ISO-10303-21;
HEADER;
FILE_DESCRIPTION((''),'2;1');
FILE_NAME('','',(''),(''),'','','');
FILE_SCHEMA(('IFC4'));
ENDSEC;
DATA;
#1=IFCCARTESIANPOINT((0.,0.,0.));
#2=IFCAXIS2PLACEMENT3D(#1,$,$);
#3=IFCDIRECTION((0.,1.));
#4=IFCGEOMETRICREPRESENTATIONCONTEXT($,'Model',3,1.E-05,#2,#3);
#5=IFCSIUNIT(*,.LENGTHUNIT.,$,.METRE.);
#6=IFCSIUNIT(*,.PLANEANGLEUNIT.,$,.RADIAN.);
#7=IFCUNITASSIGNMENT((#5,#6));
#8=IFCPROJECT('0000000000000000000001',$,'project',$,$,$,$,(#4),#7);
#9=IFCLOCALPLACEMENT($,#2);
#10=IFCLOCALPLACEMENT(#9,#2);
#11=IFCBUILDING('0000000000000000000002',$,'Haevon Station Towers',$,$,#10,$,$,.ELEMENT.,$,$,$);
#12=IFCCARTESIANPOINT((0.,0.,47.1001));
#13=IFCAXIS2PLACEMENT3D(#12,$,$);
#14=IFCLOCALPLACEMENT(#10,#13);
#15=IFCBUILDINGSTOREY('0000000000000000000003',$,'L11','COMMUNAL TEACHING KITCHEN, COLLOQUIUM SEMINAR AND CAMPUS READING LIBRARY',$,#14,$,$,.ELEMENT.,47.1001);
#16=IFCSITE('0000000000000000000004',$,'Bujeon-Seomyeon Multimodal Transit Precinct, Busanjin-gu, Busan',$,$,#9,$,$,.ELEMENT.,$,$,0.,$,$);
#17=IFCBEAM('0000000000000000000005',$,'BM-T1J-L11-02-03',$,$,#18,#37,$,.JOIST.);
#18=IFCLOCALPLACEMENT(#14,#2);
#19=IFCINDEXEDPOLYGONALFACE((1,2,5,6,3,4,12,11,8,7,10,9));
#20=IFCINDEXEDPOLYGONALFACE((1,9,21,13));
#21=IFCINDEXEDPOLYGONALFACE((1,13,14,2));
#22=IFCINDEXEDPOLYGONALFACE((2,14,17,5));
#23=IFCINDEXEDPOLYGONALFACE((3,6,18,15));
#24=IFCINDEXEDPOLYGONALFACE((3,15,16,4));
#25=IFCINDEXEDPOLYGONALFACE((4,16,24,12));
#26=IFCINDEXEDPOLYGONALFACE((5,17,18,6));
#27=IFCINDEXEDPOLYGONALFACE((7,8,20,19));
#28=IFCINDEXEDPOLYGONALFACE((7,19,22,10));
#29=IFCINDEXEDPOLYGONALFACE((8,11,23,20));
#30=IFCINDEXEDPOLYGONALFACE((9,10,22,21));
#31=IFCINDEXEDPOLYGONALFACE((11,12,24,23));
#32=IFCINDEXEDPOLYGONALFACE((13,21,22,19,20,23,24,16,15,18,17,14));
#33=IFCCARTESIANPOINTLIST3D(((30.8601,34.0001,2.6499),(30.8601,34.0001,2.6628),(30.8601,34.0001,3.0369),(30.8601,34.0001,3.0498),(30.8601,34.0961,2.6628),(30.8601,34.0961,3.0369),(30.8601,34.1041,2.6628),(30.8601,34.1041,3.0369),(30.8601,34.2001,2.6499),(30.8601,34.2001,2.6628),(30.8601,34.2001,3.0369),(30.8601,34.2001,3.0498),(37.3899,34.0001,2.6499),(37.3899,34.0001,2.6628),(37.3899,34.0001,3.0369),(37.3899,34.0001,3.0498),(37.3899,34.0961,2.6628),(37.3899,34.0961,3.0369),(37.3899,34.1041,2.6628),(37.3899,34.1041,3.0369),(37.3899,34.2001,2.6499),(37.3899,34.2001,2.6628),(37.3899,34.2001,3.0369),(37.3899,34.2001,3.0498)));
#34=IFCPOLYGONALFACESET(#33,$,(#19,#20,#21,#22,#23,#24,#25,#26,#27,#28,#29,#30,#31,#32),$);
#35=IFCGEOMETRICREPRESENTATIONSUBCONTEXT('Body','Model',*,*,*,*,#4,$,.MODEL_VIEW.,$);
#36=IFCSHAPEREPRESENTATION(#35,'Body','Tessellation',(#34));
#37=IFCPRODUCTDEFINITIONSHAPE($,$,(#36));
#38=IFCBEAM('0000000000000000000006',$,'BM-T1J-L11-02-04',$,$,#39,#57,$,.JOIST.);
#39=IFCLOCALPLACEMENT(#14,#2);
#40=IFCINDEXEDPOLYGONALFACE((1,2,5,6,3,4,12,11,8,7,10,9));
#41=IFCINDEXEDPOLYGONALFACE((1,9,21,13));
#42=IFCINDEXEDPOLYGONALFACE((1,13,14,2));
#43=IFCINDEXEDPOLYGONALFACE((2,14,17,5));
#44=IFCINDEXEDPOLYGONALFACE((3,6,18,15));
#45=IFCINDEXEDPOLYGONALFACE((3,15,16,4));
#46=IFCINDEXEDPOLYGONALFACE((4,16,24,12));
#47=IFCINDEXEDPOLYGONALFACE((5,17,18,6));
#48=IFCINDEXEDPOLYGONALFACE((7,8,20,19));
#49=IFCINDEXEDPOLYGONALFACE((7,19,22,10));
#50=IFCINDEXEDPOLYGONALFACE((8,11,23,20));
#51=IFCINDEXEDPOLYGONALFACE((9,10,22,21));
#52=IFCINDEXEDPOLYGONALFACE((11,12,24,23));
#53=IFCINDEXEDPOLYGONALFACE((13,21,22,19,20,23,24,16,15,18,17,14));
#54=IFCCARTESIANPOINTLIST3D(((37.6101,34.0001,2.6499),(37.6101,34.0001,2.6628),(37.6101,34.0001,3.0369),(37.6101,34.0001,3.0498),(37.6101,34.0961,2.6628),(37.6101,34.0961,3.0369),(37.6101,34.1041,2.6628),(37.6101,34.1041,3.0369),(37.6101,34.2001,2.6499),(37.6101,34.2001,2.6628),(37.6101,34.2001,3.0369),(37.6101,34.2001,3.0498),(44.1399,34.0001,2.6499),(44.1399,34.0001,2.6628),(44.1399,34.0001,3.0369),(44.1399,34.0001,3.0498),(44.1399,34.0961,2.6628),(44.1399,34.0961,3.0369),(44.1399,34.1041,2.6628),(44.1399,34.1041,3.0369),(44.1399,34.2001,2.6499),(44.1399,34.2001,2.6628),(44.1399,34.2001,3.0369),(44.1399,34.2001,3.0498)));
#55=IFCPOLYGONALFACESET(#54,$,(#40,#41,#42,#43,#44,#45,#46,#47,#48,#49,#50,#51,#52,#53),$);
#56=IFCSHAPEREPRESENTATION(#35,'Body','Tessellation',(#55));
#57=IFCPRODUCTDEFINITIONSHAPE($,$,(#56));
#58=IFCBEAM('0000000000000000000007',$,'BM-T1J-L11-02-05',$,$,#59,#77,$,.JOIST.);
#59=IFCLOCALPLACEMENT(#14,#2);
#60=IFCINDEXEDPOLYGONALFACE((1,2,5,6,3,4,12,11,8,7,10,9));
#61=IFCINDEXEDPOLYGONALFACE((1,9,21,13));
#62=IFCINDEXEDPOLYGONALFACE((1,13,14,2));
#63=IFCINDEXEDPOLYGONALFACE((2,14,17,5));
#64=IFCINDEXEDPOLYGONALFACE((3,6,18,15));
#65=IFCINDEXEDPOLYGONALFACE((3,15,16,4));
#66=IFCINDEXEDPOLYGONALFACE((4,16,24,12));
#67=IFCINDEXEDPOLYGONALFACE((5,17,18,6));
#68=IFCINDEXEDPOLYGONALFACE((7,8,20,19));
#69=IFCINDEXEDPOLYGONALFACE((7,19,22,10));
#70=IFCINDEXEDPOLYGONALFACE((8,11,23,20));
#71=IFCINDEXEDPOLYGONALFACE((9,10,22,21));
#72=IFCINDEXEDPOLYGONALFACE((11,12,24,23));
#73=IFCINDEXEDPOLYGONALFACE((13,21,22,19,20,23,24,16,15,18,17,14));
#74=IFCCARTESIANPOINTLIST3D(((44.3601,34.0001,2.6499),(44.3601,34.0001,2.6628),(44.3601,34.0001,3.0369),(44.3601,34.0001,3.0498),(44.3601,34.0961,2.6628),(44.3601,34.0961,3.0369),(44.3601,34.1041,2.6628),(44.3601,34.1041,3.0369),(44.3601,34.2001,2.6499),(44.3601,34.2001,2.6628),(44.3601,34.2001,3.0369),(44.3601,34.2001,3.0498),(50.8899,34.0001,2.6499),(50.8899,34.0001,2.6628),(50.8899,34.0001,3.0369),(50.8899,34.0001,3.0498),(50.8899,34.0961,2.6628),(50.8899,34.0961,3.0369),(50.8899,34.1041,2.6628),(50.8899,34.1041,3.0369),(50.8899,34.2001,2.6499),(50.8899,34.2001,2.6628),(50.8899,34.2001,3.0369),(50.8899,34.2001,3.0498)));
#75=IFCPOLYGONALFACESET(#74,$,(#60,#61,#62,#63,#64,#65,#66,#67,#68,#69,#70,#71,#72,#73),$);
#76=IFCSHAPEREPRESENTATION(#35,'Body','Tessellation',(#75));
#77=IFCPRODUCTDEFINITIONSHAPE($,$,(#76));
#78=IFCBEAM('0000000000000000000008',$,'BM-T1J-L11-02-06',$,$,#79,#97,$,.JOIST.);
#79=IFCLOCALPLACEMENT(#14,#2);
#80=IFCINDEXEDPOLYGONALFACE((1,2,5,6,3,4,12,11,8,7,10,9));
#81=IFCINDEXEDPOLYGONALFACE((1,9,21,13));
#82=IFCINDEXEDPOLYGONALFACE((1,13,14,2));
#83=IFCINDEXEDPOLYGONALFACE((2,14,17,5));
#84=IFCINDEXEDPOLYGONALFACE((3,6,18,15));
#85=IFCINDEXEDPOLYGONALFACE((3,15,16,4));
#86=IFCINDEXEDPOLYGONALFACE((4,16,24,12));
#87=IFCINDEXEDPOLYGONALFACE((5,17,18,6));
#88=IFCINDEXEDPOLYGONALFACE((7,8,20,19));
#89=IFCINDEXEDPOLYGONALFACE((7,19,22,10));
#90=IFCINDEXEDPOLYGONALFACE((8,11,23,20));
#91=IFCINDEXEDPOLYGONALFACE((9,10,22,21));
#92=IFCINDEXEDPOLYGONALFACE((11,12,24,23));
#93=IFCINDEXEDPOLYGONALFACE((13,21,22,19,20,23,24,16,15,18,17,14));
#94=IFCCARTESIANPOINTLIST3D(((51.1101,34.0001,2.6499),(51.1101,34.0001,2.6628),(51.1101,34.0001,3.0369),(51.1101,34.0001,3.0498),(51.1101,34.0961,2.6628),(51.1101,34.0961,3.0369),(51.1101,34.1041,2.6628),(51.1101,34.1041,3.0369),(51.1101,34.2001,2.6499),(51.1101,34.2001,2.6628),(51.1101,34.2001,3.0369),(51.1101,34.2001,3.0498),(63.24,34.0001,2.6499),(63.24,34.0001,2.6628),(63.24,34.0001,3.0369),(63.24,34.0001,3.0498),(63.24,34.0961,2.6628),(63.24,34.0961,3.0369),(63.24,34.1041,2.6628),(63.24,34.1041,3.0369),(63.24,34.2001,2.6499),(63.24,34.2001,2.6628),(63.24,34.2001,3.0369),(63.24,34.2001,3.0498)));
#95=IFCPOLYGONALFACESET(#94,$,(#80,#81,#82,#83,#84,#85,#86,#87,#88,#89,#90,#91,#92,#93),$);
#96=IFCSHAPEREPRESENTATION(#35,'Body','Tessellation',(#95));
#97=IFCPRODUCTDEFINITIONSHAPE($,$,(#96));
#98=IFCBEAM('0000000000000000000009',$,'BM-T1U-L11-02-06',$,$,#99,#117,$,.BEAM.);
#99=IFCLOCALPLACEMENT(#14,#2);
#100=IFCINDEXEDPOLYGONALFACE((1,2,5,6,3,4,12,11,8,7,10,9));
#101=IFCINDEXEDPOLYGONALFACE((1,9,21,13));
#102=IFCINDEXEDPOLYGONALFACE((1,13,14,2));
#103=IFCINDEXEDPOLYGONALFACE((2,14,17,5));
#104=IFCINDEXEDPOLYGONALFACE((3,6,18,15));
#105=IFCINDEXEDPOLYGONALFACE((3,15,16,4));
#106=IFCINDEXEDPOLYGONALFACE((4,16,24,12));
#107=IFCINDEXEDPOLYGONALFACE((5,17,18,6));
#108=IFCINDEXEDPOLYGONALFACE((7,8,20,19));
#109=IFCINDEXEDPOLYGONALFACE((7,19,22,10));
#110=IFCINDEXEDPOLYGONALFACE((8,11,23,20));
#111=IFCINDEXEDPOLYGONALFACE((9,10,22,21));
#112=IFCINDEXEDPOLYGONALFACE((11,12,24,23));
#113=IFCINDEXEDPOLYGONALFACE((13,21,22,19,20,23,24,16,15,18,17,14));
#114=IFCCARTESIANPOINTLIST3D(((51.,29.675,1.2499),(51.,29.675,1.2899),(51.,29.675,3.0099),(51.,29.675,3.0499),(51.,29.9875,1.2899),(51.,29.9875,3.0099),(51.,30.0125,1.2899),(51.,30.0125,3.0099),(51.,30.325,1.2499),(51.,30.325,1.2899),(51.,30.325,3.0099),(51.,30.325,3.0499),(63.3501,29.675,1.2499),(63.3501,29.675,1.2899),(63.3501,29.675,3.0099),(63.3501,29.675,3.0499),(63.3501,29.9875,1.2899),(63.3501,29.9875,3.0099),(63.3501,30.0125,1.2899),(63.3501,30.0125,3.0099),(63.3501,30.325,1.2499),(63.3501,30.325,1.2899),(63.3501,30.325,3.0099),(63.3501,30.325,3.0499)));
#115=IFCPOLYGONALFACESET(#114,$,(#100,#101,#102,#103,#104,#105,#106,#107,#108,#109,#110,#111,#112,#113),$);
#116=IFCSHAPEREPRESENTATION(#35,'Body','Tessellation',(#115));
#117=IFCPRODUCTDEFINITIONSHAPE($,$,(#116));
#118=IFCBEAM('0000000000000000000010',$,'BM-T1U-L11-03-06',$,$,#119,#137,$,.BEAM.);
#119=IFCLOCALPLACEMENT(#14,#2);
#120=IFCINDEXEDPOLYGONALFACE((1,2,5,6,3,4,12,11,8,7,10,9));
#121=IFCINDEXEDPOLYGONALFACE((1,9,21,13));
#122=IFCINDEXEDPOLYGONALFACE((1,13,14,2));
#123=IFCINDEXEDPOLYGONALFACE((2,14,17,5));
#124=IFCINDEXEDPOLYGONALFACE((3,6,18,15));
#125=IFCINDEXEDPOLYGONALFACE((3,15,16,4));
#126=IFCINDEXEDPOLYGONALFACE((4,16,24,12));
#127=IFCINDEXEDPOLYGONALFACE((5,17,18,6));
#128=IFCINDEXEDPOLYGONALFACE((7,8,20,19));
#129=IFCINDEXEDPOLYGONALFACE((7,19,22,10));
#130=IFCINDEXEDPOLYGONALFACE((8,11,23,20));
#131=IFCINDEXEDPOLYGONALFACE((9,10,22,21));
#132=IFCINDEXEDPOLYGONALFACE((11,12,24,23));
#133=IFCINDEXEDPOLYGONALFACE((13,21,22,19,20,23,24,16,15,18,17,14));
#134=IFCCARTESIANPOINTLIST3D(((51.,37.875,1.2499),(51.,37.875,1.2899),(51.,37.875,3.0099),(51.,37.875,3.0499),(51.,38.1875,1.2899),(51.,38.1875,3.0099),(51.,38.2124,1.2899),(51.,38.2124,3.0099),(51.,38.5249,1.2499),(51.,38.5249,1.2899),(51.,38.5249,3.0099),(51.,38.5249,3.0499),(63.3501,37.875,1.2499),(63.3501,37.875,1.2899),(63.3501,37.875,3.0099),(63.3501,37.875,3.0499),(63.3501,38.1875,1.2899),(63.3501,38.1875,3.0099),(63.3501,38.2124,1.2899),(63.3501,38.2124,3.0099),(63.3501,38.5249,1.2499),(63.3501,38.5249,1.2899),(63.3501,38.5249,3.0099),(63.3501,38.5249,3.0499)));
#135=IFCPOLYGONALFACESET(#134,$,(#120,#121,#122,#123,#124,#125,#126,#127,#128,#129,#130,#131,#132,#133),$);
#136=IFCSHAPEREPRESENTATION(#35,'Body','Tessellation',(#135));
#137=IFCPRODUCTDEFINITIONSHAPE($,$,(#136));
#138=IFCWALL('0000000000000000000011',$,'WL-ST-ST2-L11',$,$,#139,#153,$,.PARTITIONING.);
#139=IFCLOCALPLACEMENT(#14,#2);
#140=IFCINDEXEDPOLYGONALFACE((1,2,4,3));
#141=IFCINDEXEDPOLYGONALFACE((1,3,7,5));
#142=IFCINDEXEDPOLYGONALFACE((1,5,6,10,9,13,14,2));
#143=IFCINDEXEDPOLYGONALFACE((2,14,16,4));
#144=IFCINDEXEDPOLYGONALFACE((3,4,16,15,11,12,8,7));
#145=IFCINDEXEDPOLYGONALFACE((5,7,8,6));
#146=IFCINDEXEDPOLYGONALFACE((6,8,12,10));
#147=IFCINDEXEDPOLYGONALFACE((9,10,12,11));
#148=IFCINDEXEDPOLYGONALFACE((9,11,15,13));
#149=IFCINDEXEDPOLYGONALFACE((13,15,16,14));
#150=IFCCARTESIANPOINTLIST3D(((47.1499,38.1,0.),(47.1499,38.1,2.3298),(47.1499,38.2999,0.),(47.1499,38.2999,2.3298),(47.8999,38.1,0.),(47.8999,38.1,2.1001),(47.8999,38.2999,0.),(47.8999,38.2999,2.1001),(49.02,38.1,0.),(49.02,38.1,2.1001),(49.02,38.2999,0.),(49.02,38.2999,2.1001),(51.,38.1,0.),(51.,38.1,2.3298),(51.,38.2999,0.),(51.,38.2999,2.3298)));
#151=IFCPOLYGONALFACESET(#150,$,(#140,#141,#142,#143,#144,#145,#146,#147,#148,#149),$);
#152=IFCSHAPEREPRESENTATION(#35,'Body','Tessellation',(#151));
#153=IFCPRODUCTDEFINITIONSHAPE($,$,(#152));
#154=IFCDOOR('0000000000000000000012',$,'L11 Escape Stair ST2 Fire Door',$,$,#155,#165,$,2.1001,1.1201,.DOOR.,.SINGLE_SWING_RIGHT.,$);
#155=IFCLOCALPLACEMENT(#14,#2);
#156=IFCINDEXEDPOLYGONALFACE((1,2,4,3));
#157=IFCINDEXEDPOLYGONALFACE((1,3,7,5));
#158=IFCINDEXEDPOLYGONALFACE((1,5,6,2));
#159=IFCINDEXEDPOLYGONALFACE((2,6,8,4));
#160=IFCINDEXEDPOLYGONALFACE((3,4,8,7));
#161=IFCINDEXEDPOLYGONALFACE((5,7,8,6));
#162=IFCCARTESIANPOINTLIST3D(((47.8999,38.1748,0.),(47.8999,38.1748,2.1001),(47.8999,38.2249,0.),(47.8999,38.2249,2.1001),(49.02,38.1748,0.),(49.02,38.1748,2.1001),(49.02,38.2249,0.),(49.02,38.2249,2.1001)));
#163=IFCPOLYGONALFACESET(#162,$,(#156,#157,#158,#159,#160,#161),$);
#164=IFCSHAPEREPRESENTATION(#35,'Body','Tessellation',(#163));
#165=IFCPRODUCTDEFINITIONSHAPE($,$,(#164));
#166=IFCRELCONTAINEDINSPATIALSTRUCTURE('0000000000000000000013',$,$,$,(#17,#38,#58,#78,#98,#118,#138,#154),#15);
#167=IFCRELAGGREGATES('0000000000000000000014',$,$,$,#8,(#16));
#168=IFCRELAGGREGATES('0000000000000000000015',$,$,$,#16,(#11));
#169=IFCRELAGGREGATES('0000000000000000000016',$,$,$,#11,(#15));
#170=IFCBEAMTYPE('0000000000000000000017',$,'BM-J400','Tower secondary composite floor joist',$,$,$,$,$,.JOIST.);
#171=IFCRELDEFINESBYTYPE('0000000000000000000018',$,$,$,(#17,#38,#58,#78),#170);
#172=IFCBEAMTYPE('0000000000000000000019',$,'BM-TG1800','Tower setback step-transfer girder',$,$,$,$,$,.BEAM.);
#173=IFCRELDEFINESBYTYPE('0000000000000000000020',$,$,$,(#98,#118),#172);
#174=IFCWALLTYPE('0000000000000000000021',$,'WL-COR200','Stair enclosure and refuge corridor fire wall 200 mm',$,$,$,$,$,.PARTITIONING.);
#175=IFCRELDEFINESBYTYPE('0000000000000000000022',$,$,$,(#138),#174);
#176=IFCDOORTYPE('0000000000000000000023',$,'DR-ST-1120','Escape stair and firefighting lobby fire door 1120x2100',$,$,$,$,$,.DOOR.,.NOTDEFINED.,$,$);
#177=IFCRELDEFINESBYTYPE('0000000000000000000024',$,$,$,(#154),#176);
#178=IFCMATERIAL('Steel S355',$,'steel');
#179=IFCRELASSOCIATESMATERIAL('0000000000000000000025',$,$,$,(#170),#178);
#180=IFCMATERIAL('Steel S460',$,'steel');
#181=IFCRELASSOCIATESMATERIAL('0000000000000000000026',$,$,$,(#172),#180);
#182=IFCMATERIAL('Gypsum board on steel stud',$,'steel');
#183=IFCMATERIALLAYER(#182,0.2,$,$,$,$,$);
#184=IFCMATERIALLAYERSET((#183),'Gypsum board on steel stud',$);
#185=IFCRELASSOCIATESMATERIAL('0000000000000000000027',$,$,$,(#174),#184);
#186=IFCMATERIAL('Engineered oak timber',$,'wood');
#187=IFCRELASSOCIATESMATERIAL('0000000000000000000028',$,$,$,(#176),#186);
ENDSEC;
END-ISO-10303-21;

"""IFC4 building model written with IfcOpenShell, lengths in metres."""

from ifc_helpers import new_model, si_unit, direction, frame, frame_2d, origin, origin_2d, place, context, subcontext, project, spatial, rectangle, i_section, extrude, material, layer, layer_set, material_profile, profile_set, type_object, element, fill, save


model = new_model("IFC4")

# Units and contexts
model_context = context("Model", 3, precision=1e-05, world=origin(), true_north=direction((0.0, 1.0)))
body_context = subcontext(model_context, "Body", "Model", "MODEL_VIEW")
ifc_project = project(units=[si_unit("LENGTHUNIT", "METRE"), si_unit("PLANEANGLEUNIT", "RADIAN")], contexts=[model_context])

# Site, building, storey
site_placement = place(None, origin())
site = spatial("IfcSite", under=ifc_project, at=site_placement, Name="Bujeon-Seomyeon Multimodal Transit Precinct, Busanjin-gu, Busan", CompositionType="ELEMENT", RefElevation=0.0)
building_placement = place(site_placement, origin())
building = spatial("IfcBuilding", under=site, at=building_placement, Name="Haevon Station Towers", CompositionType="ELEMENT")
storey_placement = place(building_placement, frame((0.0, 0.0, 47.1001)))
storey = spatial("IfcBuildingStorey", under=building, at=storey_placement, Name="L11", Description="COMMUNAL TEACHING KITCHEN, COLLOQUIUM SEMINAR AND CAMPUS READING LIBRARY", CompositionType="ELEMENT", Elevation=47.1001)

# Shared definitions
ifc_material_1 = material(Name="Steel S460", Category="steel")

# Beams
ifc_material_2 = material(Name="Steel S355", Category="steel")
ifc_material_profile_1 = material_profile(ifc_material_2, i_section(OverallWidth=0.2, OverallDepth=0.3999, WebThickness=0.0081, FlangeThickness=0.0129, at=origin_2d()), Name="H-400x200x8x13")
ifc_profile_set_1 = profile_set([ifc_material_profile_1], Name="Steel S355")
beam_type_1 = type_object("IfcBeamType", Name="BM-J400", Description="Tower secondary composite floor joist", PredefinedType="JOIST", material=ifc_profile_set_1)
for number, where, z_axis, x_axis, name in (
    (1, (30.8601, 34.1001, 2.8499), (1.0, 0.0, 0.0), (0.0, 1.0, 0.0), "BM-T1J-L11-02-03"),
    (2, (37.6101, 34.1001, 2.8499), (1.0, 0.0, 0.0), (0.0, 1.0, 0.0), "BM-T1J-L11-02-04"),
    (3, (44.3601, 34.1001, 2.8499), (1.0, 0.0, 0.0), (0.0, 1.0, 0.0), "BM-T1J-L11-02-05"),
):
    element("IfcBeam", number, at=place(storey_placement, frame(where, z_axis=z_axis, x_axis=x_axis)), inside=storey, type_object=beam_type_1, Name=name, PredefinedType="JOIST", context=body_context, shape_type="SweptSolid", body=[
        extrude(i_section(OverallWidth=0.2, OverallDepth=0.3999, WebThickness=0.0081, FlangeThickness=0.0129, at=origin_2d()), origin(), (0.0, 0.0, 1.0), 6.5298),
    ])
beam_placement = place(storey_placement, frame((51.1101, 34.1001, 2.8499), z_axis=(1.0, 0.0, 0.0), x_axis=(0.0, 1.0, 0.0)))
element("IfcBeam", 4, at=beam_placement, inside=storey, type_object=beam_type_1, Name="BM-T1J-L11-02-06", PredefinedType="JOIST", context=body_context, shape_type="SweptSolid", body=[
    extrude(i_section(OverallWidth=0.2, OverallDepth=0.3999, WebThickness=0.0081, FlangeThickness=0.0129, at=origin_2d()), origin(), (0.0, 0.0, 1.0), 12.1299),
])
ifc_material_profile_2 = material_profile(ifc_material_1, i_section(OverallWidth=0.6499, OverallDepth=1.8, WebThickness=0.0249, FlangeThickness=0.04, at=origin_2d()), Name="H-1800x650x25x40")
ifc_profile_set_2 = profile_set([ifc_material_profile_2], Name="Steel S460")
beam_type_2 = type_object("IfcBeamType", Name="BM-TG1800", Description="Tower setback step-transfer girder", PredefinedType="BEAM", material=ifc_profile_set_2)
for number, where, z_axis, x_axis, name in (
    (5, (51.0, 30.0, 2.1499), (1.0, 0.0, 0.0), (0.0, 1.0, 0.0), "BM-T1U-L11-02-06"),
    (6, (51.0, 38.2, 2.1499), (1.0, 0.0, 0.0), (0.0, 1.0, 0.0), "BM-T1U-L11-03-06"),
):
    element("IfcBeam", number, at=place(storey_placement, frame(where, z_axis=z_axis, x_axis=x_axis)), inside=storey, type_object=beam_type_2, Name=name, PredefinedType="BEAM", context=body_context, shape_type="SweptSolid", body=[
        extrude(i_section(OverallWidth=0.6499, OverallDepth=1.8, WebThickness=0.0249, FlangeThickness=0.04, at=origin_2d()), origin(), (0.0, 0.0, 1.0), 12.3501),
    ])

# Wall, opening, door
ifc_material_3 = material(Name="Gypsum board on steel stud", Category="steel")
ifc_layer_1 = layer(ifc_material_3, 0.2)
ifc_layer_set_1 = layer_set([ifc_layer_1], Name="Gypsum board on steel stud")
wall_type_1 = type_object("IfcWallType", Name="WL-COR200", Description="Stair enclosure and refuge corridor fire wall 200 mm", PredefinedType="PARTITIONING", material=ifc_layer_set_1)
wall_1_placement = place(storey_placement, frame((47.1499, 38.2, 0.0), z_axis=(0.0, 0.0, 1.0), x_axis=(1.0, 0.0, 0.0)))
wall_1 = element("IfcWall", 7, at=wall_1_placement, inside=storey, type_object=wall_type_1, Name="WL-ST-ST2-L11", PredefinedType="PARTITIONING", context=body_context, shape_type="SweptSolid", body=[
    extrude(rectangle(XDim=3.8501, YDim=0.2, at=frame_2d((1.925, 0.0))), origin(), (0.0, 0.0, 1.0), 2.3298),
])
opening_1_placement = place(wall_1_placement, frame((0.75, 0.0, 0.0)))
opening_1 = element("IfcOpeningElement", 8, at=opening_1_placement, cuts=wall_1, PredefinedType="OPENING", context=body_context, shape_type="SweptSolid", body=[
    extrude(rectangle(XDim=1.1201, YDim=2.1001, at=frame_2d((0.5601, 1.05))), frame((0.0, 0.1099, 0.0), z_axis=(0.0, -1.0, 0.0), x_axis=(1.0, 0.0, 0.0)), (0.0, 0.0, 1.0), 0.22),
])
ifc_material_4 = material(Name="Engineered oak timber", Category="wood")
door_type = type_object("IfcDoorType", Name="DR-ST-1120", Description="Escape stair and firefighting lobby fire door 1120x2100", OperationType="NOTDEFINED", PredefinedType="DOOR", material=ifc_material_4)
door_1_placement = place(opening_1_placement, origin())
door_1 = element("IfcDoor", 9, at=door_1_placement, inside=storey, type_object=door_type, Name="L11 Escape Stair ST2 Fire Door", OperationType="SINGLE_SWING_RIGHT", OverallHeight=2.1001, OverallWidth=1.1201, PredefinedType="DOOR", context=body_context, shape_type="SweptSolid", body=[
    extrude(rectangle(XDim=1.1201, YDim=2.1001, at=frame_2d((0.5601, 1.05))), frame((0.0, 0.0249, 0.0), z_axis=(0.0, -1.0, 0.0), x_axis=(1.0, 0.0, 0.0)), (0.0, 0.0, 1.0), 0.05),
])
fill(opening_1, door_1)

save(model, "model.ifc")
